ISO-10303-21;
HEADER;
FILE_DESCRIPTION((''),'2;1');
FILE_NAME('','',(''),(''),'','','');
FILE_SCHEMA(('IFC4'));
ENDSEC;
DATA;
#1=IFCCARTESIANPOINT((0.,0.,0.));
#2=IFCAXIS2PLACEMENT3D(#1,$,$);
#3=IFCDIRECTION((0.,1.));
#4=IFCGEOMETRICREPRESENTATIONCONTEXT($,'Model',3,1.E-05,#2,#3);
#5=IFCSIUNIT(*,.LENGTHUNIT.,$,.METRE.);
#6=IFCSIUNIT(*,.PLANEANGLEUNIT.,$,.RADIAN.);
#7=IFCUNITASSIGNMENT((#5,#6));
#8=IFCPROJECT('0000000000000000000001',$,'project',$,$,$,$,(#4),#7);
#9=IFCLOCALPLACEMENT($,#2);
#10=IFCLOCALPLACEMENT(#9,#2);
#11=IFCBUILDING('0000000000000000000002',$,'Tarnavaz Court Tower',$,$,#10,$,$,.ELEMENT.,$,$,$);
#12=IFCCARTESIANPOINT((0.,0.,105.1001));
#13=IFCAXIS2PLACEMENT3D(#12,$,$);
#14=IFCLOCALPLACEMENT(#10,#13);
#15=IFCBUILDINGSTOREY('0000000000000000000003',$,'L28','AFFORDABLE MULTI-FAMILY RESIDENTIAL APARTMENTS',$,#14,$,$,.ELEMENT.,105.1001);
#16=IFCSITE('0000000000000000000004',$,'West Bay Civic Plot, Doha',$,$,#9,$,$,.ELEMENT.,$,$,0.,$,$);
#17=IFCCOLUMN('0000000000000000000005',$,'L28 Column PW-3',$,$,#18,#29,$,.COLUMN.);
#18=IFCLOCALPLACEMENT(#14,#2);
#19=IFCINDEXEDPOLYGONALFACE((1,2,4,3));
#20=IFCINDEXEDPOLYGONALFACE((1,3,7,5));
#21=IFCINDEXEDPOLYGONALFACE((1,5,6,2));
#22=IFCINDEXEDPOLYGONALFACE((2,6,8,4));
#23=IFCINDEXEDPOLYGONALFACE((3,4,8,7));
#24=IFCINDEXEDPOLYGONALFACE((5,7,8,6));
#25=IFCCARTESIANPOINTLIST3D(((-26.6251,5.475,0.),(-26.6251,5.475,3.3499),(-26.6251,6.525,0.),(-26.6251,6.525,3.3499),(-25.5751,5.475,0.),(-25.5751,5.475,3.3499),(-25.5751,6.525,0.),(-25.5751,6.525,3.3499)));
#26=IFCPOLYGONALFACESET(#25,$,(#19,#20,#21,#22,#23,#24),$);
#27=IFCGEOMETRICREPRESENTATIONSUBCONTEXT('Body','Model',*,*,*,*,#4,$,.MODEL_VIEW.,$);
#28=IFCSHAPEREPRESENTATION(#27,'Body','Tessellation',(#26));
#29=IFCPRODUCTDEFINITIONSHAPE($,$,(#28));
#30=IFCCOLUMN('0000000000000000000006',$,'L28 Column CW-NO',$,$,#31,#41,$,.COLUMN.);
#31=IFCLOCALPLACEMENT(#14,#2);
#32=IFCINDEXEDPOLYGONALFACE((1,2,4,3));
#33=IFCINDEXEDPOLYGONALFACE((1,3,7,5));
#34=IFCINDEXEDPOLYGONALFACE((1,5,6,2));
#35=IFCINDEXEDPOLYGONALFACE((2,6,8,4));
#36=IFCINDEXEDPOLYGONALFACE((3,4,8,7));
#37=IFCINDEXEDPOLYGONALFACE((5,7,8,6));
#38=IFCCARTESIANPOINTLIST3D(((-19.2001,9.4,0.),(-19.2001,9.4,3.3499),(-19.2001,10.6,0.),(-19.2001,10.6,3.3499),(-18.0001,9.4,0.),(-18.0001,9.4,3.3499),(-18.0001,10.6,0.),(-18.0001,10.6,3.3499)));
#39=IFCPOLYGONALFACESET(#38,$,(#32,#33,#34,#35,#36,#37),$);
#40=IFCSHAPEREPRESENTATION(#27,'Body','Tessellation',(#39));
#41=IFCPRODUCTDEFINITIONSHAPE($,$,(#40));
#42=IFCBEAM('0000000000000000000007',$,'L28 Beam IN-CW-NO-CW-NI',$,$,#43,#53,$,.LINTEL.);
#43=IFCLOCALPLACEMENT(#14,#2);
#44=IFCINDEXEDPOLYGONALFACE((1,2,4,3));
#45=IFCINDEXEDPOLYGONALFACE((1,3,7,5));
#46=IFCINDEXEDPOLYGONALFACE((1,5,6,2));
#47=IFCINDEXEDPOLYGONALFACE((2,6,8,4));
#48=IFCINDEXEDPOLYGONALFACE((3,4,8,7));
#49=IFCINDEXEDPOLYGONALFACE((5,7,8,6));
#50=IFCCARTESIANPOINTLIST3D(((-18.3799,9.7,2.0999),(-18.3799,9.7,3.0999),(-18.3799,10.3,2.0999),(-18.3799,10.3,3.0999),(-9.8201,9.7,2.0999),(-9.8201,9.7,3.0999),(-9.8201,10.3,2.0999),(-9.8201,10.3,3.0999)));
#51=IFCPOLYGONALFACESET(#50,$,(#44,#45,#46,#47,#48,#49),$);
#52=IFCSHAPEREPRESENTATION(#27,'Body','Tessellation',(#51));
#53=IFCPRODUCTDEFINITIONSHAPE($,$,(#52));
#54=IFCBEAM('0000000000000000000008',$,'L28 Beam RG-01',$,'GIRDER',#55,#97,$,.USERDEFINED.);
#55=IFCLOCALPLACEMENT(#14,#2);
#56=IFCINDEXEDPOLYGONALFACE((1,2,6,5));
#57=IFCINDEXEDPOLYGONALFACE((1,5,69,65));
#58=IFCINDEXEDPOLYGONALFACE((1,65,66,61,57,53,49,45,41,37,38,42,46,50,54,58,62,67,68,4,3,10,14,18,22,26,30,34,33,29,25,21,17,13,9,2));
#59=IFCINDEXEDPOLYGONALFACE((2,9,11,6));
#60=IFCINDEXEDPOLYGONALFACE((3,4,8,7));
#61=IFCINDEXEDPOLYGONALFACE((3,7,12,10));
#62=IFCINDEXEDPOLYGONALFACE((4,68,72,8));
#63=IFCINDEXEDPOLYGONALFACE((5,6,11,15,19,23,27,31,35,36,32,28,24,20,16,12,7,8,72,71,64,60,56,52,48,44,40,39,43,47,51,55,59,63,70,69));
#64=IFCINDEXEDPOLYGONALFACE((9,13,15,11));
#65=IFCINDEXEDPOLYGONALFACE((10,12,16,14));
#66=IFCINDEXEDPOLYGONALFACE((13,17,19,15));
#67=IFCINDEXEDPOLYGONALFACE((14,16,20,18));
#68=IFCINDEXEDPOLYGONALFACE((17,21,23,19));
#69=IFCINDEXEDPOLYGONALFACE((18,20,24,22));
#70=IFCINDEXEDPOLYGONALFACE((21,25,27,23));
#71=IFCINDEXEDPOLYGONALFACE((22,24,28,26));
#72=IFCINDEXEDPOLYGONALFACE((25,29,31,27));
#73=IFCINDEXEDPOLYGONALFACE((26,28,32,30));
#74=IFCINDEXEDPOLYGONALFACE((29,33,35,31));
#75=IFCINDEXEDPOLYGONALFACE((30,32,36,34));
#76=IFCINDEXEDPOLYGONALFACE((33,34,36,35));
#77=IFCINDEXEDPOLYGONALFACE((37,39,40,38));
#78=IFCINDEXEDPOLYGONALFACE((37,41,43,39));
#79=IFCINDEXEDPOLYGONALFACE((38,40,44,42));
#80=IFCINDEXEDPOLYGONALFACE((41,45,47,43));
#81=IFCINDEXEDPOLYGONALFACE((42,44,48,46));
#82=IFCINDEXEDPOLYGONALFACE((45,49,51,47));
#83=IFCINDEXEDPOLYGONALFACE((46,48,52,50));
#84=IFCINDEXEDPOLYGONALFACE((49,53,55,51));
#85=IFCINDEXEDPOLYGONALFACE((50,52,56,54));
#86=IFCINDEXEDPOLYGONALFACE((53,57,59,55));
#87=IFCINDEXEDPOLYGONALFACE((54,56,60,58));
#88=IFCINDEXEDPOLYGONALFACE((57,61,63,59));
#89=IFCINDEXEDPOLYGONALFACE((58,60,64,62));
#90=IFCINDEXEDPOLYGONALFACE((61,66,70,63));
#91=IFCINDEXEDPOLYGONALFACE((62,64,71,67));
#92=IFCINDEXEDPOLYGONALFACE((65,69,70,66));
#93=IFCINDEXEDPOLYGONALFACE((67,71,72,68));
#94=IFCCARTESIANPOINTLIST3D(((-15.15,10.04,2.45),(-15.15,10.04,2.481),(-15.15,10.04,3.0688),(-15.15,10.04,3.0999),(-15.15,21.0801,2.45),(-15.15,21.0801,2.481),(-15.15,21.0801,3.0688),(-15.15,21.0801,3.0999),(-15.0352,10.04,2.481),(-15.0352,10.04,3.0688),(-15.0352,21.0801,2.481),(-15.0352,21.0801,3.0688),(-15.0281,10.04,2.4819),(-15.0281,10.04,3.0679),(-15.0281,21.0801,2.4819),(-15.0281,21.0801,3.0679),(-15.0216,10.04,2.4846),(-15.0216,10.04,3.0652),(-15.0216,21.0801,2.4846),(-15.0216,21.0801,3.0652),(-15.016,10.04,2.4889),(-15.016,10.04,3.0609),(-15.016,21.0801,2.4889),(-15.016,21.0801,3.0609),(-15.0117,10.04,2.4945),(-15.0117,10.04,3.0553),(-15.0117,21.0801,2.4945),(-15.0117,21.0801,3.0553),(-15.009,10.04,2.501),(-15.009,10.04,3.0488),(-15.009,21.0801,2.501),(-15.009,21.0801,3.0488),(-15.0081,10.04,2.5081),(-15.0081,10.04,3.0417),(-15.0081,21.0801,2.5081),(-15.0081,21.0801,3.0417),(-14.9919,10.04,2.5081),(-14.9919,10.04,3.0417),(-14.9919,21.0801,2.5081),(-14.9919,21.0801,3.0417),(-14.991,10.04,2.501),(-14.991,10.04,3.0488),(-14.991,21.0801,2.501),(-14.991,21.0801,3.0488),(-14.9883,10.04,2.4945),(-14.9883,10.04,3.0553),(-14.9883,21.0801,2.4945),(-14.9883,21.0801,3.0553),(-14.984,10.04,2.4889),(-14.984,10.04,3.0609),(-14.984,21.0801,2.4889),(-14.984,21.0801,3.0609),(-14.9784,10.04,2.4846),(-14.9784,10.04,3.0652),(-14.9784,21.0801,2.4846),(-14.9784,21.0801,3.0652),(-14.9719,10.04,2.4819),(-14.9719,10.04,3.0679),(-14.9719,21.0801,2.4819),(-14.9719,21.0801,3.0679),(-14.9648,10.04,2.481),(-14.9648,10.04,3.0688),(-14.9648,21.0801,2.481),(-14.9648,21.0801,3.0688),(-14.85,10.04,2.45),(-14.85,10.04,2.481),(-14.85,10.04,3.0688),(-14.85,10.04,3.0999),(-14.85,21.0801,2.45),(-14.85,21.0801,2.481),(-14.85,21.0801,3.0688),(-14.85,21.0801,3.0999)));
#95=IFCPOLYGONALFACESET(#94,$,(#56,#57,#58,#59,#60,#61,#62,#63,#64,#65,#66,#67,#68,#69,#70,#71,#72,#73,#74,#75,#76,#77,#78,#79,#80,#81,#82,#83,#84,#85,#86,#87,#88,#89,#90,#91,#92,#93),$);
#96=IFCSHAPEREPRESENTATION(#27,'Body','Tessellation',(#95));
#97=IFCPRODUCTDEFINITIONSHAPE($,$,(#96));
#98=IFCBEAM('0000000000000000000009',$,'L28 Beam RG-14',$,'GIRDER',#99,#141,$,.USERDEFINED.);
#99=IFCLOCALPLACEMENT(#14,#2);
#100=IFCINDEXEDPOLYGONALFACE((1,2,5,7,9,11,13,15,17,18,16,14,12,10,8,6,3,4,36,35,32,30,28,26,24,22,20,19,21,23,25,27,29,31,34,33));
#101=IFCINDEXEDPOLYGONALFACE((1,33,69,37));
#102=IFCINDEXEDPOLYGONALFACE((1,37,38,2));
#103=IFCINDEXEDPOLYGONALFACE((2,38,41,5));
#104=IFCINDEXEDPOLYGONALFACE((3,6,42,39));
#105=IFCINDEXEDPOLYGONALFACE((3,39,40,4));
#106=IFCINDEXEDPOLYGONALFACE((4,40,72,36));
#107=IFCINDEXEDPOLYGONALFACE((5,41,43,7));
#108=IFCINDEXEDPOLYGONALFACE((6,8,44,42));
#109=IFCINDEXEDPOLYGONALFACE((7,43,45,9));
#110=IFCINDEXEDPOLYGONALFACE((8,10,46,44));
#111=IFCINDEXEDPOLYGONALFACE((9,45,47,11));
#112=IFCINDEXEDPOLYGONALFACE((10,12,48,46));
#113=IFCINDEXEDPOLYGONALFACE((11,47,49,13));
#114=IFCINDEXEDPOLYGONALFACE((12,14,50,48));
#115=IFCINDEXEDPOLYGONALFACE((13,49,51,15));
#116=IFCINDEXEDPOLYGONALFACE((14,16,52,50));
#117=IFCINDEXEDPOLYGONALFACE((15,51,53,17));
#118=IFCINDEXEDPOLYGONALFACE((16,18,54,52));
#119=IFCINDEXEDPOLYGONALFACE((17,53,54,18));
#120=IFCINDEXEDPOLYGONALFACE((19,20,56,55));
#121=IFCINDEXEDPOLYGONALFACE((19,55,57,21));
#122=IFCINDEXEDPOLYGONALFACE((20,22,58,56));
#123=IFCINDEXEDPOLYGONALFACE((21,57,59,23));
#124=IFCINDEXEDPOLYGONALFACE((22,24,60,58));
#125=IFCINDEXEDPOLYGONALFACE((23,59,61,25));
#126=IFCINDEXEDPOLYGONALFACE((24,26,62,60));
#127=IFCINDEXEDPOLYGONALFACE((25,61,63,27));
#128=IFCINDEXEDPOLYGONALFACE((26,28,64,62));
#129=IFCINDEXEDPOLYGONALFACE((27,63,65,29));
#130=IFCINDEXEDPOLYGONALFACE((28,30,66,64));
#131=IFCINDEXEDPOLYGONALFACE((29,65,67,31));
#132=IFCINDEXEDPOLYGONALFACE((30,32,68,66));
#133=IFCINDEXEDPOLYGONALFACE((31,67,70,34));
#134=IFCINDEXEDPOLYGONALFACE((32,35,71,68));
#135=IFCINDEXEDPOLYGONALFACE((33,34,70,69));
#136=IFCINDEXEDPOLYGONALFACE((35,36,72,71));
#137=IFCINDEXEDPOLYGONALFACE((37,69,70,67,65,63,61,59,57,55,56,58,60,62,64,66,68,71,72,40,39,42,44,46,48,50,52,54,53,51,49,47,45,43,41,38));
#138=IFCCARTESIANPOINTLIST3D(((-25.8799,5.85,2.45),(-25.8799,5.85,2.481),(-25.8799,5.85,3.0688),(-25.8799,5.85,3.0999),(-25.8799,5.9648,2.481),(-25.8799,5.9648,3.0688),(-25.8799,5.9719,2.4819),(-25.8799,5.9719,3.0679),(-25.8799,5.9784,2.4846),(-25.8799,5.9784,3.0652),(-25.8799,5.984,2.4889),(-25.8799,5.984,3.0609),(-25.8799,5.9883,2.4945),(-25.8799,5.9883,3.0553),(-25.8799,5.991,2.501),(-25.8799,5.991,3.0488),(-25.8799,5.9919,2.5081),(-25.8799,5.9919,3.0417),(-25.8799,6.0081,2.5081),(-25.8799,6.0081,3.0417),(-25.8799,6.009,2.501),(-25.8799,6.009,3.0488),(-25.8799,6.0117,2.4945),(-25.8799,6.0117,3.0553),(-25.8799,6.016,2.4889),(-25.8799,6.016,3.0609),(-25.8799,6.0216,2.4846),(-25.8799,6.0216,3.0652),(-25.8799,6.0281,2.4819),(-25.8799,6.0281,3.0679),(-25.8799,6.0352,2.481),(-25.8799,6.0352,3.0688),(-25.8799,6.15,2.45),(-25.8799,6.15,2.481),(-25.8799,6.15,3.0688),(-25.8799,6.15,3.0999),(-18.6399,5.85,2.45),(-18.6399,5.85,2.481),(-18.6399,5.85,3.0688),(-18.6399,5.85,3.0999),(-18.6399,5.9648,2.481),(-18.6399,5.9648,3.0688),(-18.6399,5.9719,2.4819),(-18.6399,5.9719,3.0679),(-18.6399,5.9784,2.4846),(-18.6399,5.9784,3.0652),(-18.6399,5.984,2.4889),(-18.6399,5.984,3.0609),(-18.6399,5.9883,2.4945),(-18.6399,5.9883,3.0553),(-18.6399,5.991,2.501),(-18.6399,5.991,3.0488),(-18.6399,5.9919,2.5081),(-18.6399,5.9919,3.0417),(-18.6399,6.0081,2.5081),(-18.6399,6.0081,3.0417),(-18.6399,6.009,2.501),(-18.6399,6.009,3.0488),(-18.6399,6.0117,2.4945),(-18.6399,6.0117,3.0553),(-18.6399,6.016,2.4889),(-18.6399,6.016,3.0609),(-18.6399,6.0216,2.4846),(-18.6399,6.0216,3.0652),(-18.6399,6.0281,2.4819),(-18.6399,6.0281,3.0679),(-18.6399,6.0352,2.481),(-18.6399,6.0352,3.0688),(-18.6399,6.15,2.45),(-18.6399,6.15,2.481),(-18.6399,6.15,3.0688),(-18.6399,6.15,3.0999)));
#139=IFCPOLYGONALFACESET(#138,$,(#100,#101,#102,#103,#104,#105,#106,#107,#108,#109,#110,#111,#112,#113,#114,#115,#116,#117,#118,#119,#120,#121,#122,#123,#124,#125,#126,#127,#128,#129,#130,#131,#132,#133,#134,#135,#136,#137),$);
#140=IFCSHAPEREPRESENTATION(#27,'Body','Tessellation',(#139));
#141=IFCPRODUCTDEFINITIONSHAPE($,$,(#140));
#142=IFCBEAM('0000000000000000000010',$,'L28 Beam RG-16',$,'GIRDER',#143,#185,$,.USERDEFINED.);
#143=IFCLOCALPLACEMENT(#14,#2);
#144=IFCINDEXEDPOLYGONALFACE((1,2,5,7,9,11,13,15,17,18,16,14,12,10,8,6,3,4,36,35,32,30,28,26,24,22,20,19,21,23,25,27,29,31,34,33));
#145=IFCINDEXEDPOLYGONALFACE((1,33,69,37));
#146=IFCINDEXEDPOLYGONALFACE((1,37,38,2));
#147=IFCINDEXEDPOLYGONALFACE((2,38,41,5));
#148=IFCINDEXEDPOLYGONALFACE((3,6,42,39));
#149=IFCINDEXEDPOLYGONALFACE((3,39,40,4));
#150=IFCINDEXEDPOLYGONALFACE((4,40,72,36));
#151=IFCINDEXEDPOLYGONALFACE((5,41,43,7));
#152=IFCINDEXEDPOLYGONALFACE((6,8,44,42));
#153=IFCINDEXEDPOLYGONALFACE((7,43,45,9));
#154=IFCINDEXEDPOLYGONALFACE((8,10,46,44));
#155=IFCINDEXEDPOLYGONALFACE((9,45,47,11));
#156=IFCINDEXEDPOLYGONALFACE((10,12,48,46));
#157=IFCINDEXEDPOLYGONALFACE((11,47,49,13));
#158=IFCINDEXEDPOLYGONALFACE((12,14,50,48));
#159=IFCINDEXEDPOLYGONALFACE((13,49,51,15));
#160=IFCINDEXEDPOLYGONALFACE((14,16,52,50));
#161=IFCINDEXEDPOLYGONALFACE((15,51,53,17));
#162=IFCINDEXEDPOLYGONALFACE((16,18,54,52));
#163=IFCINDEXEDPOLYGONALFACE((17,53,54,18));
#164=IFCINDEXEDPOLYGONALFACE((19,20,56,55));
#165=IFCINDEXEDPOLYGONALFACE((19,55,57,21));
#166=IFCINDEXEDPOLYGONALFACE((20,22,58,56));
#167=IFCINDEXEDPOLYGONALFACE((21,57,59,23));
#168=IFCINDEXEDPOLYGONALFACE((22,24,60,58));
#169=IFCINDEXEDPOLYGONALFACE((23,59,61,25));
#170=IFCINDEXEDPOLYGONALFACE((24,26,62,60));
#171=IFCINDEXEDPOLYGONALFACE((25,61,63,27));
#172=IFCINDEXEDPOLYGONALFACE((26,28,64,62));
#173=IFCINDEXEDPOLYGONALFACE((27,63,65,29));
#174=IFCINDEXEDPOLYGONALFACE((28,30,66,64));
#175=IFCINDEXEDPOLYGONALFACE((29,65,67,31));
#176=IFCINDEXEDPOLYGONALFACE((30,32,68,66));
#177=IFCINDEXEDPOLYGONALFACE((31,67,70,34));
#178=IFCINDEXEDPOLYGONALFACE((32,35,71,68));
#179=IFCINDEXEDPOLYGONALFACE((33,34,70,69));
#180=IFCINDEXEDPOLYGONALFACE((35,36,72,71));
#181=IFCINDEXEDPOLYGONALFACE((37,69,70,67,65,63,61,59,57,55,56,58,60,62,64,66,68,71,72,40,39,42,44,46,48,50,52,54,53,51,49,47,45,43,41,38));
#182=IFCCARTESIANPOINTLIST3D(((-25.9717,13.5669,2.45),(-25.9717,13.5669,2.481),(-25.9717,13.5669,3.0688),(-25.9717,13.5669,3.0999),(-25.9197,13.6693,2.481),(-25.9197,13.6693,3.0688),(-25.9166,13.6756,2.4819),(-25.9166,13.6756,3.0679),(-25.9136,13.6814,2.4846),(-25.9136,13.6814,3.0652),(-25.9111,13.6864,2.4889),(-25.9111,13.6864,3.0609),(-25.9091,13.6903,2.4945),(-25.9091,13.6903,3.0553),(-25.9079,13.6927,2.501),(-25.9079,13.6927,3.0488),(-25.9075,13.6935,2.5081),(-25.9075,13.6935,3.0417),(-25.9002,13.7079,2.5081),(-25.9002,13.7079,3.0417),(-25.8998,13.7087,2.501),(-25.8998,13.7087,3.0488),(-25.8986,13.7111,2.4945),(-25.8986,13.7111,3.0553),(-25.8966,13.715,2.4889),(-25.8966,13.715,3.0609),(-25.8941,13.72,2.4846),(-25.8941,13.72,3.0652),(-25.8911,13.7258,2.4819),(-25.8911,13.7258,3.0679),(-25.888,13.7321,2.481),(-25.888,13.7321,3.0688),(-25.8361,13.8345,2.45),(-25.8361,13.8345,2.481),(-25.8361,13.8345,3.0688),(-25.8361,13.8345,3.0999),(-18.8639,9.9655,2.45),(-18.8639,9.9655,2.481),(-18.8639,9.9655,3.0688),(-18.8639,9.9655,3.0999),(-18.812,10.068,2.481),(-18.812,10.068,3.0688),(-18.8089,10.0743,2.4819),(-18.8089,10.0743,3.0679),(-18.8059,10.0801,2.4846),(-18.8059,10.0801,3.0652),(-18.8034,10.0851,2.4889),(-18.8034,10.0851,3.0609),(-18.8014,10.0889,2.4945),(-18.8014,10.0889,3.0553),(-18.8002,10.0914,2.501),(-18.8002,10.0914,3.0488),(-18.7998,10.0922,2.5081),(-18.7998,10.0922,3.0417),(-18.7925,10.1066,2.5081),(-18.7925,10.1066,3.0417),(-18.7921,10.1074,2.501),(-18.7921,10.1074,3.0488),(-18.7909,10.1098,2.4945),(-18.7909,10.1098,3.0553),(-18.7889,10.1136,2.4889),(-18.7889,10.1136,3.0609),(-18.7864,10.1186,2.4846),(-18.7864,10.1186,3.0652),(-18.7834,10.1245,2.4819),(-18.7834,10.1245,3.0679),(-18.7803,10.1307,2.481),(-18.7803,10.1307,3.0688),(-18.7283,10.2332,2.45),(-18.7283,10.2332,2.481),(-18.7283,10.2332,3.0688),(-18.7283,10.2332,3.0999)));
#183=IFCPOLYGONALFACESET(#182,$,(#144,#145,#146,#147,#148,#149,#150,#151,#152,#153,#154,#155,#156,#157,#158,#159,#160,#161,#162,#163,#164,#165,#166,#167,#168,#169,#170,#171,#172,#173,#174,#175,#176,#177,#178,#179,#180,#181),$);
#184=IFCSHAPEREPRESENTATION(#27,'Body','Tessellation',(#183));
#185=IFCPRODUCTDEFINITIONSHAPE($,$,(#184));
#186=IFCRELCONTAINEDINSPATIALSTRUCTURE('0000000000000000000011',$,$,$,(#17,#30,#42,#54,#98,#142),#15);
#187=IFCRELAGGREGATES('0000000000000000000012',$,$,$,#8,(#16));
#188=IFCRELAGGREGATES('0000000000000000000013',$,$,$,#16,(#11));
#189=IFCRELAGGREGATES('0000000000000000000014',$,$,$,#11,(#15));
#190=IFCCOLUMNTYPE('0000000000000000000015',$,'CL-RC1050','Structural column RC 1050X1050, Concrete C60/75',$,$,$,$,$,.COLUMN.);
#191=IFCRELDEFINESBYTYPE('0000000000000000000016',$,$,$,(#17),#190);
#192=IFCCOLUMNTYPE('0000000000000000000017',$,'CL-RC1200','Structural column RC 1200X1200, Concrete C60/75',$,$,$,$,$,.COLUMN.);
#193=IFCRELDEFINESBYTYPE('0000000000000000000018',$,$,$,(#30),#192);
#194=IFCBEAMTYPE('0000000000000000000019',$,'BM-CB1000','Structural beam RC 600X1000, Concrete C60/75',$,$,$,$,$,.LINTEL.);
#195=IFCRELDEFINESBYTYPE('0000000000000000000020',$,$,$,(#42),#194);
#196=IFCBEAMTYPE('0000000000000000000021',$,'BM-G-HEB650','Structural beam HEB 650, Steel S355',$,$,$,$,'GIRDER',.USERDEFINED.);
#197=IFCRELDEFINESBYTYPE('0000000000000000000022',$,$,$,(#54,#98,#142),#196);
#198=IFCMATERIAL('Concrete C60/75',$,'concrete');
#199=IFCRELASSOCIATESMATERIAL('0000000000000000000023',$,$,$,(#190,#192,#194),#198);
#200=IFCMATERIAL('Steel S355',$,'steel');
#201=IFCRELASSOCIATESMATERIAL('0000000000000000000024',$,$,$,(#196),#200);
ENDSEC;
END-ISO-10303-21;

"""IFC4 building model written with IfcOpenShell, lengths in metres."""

from ifc_helpers import new_model, si_unit, direction, frame, origin, origin_2d, place, context, subcontext, project, spatial, rectangle, i_section, extrude, material, material_profile, profile_set, type_object, element, save


model = new_model("IFC4")

# Units and contexts
model_context = context("Model", 3, precision=1e-05, world=origin(), true_north=direction((0.0, 1.0)))
body_context = subcontext(model_context, "Body", "Model", "MODEL_VIEW")
ifc_project = project(units=[si_unit("LENGTHUNIT", "METRE"), si_unit("PLANEANGLEUNIT", "RADIAN")], contexts=[model_context])

# Site, building, storey
site_placement = place(None, origin())
site = spatial("IfcSite", under=ifc_project, at=site_placement, Name="West Bay Civic Plot, Doha", CompositionType="ELEMENT", RefElevation=0.0)
building_placement = place(site_placement, origin())
building = spatial("IfcBuilding", under=site, at=building_placement, Name="Tarnavaz Court Tower", CompositionType="ELEMENT")
storey_placement = place(building_placement, frame((0.0, 0.0, 105.1001)))
storey = spatial("IfcBuildingStorey", under=building, at=storey_placement, Name="L28", Description="AFFORDABLE MULTI-FAMILY RESIDENTIAL APARTMENTS", CompositionType="ELEMENT", Elevation=105.1001)

# Columns
ifc_material_1 = material(Name="Concrete C60/75", Category="concrete")
ifc_material_profile_1 = material_profile(ifc_material_1, rectangle(XDim=1.05, YDim=1.05, at=origin_2d()), Name="RC 1050X1050")
ifc_profile_set_1 = profile_set([ifc_material_profile_1], Name="Concrete C60/75")
column_type_1 = type_object("IfcColumnType", Name="CL-RC1050", Description="Structural column RC 1050X1050, Concrete C60/75", PredefinedType="COLUMN", material=ifc_profile_set_1)
column_1_placement = place(storey_placement, frame((-26.1001, 6.0, 0.0), z_axis=(0.0, 0.0, 1.0), x_axis=(1.0, 0.0, 0.0)))
element("IfcColumn", 1, at=column_1_placement, inside=storey, type_object=column_type_1, Name="L28 Column PW-3", PredefinedType="COLUMN", context=body_context, shape_type="SweptSolid", body=[
    extrude(rectangle(XDim=1.05, YDim=1.05, at=origin_2d()), origin(), (0.0, 0.0, 1.0), 3.3499),
])
ifc_material_profile_2 = material_profile(ifc_material_1, rectangle(XDim=1.2, YDim=1.2, at=origin_2d()), Name="RC 1200X1200")
ifc_profile_set_2 = profile_set([ifc_material_profile_2], Name="Concrete C60/75")
column_type_2 = type_object("IfcColumnType", Name="CL-RC1200", Description="Structural column RC 1200X1200, Concrete C60/75", PredefinedType="COLUMN", material=ifc_profile_set_2)
column_2_placement = place(storey_placement, frame((-18.6001, 10.0, 0.0), z_axis=(0.0, 0.0, 1.0), x_axis=(1.0, 0.0, 0.0)))
element("IfcColumn", 2, at=column_2_placement, inside=storey, type_object=column_type_2, Name="L28 Column CW-NO", PredefinedType="COLUMN", context=body_context, shape_type="SweptSolid", body=[
    extrude(rectangle(XDim=1.2, YDim=1.2, at=origin_2d()), origin(), (0.0, 0.0, 1.0), 3.3499),
])

# Beams
ifc_material_profile_3 = material_profile(ifc_material_1, rectangle(XDim=0.6001, YDim=1.0, at=origin_2d()), Name="RC 600X1000")
ifc_profile_set_3 = profile_set([ifc_material_profile_3], Name="Concrete C60/75")
beam_type_1 = type_object("IfcBeamType", Name="BM-CB1000", Description="Structural beam RC 600X1000, Concrete C60/75", PredefinedType="LINTEL", material=ifc_profile_set_3)
beam_1_placement = place(storey_placement, frame((-18.3799, 10.0, 2.5999), z_axis=(1.0, 0.0, 0.0), x_axis=(0.0, 1.0, 0.0)))
element("IfcBeam", 3, at=beam_1_placement, inside=storey, type_object=beam_type_1, Name="L28 Beam IN-CW-NO-CW-NI", PredefinedType="LINTEL", context=body_context, shape_type="SweptSolid", body=[
    extrude(rectangle(XDim=0.6001, YDim=1.0, at=origin_2d()), origin(), (0.0, 0.0, 1.0), 8.5598),
])
ifc_material_2 = material(Name="Steel S355", Category="steel")
ifc_material_profile_4 = material_profile(ifc_material_2, i_section(OverallWidth=0.3, OverallDepth=0.6499, WebThickness=0.0161, FlangeThickness=0.031, FilletRadius=0.0271, at=origin_2d()), Name="HEB 650")
ifc_profile_set_4 = profile_set([ifc_material_profile_4], Name="Steel S355")
beam_type_2 = type_object("IfcBeamType", Name="BM-G-HEB650", Description="Structural beam HEB 650, Steel S355", ElementType="GIRDER", PredefinedType="USERDEFINED", material=ifc_profile_set_4)
beam_2_placement = place(storey_placement, frame((-15.0, 10.04, 2.7749), z_axis=(0.0, 1.0, 0.0), x_axis=(-1.0, 0.0, 0.0)))
element("IfcBeam", 4, at=beam_2_placement, inside=storey, type_object=beam_type_2, Name="L28 Beam RG-01", ObjectType="GIRDER", PredefinedType="USERDEFINED", context=body_context, shape_type="SweptSolid", body=[
    extrude(i_section(OverallWidth=0.3, OverallDepth=0.6499, WebThickness=0.0161, FlangeThickness=0.031, FilletRadius=0.0271, at=origin_2d()), origin(), (0.0, 0.0, 1.0), 11.04),
])
beam_3_placement = place(storey_placement, frame((-18.6399, 6.0, 2.7749), z_axis=(-1.0, 0.0, 0.0), x_axis=(0.0, -1.0, 0.0)))
element("IfcBeam", 5, at=beam_3_placement, inside=storey, type_object=beam_type_2, Name="L28 Beam RG-14", ObjectType="GIRDER", PredefinedType="USERDEFINED", context=body_context, shape_type="SweptSolid", body=[
    extrude(i_section(OverallWidth=0.3, OverallDepth=0.6499, WebThickness=0.0161, FlangeThickness=0.031, FilletRadius=0.0271, at=origin_2d()), origin(), (0.0, 0.0, 1.0), 7.24),
])
beam_4_placement = place(storey_placement, frame((-18.7961, 10.0994, 2.7749), z_axis=(-0.892031, 0.451975, 0.0), x_axis=(-0.451975, -0.892031, 0.0)))
element("IfcBeam", 6, at=beam_4_placement, inside=storey, type_object=beam_type_2, Name="L28 Beam RG-16", ObjectType="GIRDER", PredefinedType="USERDEFINED", context=body_context, shape_type="SweptSolid", body=[
    extrude(i_section(OverallWidth=0.3, OverallDepth=0.6499, WebThickness=0.0161, FlangeThickness=0.031, FilletRadius=0.0271, at=origin_2d()), origin(), (0.0, 0.0, 1.0), 7.968),
])

save(model, "model.ifc")
